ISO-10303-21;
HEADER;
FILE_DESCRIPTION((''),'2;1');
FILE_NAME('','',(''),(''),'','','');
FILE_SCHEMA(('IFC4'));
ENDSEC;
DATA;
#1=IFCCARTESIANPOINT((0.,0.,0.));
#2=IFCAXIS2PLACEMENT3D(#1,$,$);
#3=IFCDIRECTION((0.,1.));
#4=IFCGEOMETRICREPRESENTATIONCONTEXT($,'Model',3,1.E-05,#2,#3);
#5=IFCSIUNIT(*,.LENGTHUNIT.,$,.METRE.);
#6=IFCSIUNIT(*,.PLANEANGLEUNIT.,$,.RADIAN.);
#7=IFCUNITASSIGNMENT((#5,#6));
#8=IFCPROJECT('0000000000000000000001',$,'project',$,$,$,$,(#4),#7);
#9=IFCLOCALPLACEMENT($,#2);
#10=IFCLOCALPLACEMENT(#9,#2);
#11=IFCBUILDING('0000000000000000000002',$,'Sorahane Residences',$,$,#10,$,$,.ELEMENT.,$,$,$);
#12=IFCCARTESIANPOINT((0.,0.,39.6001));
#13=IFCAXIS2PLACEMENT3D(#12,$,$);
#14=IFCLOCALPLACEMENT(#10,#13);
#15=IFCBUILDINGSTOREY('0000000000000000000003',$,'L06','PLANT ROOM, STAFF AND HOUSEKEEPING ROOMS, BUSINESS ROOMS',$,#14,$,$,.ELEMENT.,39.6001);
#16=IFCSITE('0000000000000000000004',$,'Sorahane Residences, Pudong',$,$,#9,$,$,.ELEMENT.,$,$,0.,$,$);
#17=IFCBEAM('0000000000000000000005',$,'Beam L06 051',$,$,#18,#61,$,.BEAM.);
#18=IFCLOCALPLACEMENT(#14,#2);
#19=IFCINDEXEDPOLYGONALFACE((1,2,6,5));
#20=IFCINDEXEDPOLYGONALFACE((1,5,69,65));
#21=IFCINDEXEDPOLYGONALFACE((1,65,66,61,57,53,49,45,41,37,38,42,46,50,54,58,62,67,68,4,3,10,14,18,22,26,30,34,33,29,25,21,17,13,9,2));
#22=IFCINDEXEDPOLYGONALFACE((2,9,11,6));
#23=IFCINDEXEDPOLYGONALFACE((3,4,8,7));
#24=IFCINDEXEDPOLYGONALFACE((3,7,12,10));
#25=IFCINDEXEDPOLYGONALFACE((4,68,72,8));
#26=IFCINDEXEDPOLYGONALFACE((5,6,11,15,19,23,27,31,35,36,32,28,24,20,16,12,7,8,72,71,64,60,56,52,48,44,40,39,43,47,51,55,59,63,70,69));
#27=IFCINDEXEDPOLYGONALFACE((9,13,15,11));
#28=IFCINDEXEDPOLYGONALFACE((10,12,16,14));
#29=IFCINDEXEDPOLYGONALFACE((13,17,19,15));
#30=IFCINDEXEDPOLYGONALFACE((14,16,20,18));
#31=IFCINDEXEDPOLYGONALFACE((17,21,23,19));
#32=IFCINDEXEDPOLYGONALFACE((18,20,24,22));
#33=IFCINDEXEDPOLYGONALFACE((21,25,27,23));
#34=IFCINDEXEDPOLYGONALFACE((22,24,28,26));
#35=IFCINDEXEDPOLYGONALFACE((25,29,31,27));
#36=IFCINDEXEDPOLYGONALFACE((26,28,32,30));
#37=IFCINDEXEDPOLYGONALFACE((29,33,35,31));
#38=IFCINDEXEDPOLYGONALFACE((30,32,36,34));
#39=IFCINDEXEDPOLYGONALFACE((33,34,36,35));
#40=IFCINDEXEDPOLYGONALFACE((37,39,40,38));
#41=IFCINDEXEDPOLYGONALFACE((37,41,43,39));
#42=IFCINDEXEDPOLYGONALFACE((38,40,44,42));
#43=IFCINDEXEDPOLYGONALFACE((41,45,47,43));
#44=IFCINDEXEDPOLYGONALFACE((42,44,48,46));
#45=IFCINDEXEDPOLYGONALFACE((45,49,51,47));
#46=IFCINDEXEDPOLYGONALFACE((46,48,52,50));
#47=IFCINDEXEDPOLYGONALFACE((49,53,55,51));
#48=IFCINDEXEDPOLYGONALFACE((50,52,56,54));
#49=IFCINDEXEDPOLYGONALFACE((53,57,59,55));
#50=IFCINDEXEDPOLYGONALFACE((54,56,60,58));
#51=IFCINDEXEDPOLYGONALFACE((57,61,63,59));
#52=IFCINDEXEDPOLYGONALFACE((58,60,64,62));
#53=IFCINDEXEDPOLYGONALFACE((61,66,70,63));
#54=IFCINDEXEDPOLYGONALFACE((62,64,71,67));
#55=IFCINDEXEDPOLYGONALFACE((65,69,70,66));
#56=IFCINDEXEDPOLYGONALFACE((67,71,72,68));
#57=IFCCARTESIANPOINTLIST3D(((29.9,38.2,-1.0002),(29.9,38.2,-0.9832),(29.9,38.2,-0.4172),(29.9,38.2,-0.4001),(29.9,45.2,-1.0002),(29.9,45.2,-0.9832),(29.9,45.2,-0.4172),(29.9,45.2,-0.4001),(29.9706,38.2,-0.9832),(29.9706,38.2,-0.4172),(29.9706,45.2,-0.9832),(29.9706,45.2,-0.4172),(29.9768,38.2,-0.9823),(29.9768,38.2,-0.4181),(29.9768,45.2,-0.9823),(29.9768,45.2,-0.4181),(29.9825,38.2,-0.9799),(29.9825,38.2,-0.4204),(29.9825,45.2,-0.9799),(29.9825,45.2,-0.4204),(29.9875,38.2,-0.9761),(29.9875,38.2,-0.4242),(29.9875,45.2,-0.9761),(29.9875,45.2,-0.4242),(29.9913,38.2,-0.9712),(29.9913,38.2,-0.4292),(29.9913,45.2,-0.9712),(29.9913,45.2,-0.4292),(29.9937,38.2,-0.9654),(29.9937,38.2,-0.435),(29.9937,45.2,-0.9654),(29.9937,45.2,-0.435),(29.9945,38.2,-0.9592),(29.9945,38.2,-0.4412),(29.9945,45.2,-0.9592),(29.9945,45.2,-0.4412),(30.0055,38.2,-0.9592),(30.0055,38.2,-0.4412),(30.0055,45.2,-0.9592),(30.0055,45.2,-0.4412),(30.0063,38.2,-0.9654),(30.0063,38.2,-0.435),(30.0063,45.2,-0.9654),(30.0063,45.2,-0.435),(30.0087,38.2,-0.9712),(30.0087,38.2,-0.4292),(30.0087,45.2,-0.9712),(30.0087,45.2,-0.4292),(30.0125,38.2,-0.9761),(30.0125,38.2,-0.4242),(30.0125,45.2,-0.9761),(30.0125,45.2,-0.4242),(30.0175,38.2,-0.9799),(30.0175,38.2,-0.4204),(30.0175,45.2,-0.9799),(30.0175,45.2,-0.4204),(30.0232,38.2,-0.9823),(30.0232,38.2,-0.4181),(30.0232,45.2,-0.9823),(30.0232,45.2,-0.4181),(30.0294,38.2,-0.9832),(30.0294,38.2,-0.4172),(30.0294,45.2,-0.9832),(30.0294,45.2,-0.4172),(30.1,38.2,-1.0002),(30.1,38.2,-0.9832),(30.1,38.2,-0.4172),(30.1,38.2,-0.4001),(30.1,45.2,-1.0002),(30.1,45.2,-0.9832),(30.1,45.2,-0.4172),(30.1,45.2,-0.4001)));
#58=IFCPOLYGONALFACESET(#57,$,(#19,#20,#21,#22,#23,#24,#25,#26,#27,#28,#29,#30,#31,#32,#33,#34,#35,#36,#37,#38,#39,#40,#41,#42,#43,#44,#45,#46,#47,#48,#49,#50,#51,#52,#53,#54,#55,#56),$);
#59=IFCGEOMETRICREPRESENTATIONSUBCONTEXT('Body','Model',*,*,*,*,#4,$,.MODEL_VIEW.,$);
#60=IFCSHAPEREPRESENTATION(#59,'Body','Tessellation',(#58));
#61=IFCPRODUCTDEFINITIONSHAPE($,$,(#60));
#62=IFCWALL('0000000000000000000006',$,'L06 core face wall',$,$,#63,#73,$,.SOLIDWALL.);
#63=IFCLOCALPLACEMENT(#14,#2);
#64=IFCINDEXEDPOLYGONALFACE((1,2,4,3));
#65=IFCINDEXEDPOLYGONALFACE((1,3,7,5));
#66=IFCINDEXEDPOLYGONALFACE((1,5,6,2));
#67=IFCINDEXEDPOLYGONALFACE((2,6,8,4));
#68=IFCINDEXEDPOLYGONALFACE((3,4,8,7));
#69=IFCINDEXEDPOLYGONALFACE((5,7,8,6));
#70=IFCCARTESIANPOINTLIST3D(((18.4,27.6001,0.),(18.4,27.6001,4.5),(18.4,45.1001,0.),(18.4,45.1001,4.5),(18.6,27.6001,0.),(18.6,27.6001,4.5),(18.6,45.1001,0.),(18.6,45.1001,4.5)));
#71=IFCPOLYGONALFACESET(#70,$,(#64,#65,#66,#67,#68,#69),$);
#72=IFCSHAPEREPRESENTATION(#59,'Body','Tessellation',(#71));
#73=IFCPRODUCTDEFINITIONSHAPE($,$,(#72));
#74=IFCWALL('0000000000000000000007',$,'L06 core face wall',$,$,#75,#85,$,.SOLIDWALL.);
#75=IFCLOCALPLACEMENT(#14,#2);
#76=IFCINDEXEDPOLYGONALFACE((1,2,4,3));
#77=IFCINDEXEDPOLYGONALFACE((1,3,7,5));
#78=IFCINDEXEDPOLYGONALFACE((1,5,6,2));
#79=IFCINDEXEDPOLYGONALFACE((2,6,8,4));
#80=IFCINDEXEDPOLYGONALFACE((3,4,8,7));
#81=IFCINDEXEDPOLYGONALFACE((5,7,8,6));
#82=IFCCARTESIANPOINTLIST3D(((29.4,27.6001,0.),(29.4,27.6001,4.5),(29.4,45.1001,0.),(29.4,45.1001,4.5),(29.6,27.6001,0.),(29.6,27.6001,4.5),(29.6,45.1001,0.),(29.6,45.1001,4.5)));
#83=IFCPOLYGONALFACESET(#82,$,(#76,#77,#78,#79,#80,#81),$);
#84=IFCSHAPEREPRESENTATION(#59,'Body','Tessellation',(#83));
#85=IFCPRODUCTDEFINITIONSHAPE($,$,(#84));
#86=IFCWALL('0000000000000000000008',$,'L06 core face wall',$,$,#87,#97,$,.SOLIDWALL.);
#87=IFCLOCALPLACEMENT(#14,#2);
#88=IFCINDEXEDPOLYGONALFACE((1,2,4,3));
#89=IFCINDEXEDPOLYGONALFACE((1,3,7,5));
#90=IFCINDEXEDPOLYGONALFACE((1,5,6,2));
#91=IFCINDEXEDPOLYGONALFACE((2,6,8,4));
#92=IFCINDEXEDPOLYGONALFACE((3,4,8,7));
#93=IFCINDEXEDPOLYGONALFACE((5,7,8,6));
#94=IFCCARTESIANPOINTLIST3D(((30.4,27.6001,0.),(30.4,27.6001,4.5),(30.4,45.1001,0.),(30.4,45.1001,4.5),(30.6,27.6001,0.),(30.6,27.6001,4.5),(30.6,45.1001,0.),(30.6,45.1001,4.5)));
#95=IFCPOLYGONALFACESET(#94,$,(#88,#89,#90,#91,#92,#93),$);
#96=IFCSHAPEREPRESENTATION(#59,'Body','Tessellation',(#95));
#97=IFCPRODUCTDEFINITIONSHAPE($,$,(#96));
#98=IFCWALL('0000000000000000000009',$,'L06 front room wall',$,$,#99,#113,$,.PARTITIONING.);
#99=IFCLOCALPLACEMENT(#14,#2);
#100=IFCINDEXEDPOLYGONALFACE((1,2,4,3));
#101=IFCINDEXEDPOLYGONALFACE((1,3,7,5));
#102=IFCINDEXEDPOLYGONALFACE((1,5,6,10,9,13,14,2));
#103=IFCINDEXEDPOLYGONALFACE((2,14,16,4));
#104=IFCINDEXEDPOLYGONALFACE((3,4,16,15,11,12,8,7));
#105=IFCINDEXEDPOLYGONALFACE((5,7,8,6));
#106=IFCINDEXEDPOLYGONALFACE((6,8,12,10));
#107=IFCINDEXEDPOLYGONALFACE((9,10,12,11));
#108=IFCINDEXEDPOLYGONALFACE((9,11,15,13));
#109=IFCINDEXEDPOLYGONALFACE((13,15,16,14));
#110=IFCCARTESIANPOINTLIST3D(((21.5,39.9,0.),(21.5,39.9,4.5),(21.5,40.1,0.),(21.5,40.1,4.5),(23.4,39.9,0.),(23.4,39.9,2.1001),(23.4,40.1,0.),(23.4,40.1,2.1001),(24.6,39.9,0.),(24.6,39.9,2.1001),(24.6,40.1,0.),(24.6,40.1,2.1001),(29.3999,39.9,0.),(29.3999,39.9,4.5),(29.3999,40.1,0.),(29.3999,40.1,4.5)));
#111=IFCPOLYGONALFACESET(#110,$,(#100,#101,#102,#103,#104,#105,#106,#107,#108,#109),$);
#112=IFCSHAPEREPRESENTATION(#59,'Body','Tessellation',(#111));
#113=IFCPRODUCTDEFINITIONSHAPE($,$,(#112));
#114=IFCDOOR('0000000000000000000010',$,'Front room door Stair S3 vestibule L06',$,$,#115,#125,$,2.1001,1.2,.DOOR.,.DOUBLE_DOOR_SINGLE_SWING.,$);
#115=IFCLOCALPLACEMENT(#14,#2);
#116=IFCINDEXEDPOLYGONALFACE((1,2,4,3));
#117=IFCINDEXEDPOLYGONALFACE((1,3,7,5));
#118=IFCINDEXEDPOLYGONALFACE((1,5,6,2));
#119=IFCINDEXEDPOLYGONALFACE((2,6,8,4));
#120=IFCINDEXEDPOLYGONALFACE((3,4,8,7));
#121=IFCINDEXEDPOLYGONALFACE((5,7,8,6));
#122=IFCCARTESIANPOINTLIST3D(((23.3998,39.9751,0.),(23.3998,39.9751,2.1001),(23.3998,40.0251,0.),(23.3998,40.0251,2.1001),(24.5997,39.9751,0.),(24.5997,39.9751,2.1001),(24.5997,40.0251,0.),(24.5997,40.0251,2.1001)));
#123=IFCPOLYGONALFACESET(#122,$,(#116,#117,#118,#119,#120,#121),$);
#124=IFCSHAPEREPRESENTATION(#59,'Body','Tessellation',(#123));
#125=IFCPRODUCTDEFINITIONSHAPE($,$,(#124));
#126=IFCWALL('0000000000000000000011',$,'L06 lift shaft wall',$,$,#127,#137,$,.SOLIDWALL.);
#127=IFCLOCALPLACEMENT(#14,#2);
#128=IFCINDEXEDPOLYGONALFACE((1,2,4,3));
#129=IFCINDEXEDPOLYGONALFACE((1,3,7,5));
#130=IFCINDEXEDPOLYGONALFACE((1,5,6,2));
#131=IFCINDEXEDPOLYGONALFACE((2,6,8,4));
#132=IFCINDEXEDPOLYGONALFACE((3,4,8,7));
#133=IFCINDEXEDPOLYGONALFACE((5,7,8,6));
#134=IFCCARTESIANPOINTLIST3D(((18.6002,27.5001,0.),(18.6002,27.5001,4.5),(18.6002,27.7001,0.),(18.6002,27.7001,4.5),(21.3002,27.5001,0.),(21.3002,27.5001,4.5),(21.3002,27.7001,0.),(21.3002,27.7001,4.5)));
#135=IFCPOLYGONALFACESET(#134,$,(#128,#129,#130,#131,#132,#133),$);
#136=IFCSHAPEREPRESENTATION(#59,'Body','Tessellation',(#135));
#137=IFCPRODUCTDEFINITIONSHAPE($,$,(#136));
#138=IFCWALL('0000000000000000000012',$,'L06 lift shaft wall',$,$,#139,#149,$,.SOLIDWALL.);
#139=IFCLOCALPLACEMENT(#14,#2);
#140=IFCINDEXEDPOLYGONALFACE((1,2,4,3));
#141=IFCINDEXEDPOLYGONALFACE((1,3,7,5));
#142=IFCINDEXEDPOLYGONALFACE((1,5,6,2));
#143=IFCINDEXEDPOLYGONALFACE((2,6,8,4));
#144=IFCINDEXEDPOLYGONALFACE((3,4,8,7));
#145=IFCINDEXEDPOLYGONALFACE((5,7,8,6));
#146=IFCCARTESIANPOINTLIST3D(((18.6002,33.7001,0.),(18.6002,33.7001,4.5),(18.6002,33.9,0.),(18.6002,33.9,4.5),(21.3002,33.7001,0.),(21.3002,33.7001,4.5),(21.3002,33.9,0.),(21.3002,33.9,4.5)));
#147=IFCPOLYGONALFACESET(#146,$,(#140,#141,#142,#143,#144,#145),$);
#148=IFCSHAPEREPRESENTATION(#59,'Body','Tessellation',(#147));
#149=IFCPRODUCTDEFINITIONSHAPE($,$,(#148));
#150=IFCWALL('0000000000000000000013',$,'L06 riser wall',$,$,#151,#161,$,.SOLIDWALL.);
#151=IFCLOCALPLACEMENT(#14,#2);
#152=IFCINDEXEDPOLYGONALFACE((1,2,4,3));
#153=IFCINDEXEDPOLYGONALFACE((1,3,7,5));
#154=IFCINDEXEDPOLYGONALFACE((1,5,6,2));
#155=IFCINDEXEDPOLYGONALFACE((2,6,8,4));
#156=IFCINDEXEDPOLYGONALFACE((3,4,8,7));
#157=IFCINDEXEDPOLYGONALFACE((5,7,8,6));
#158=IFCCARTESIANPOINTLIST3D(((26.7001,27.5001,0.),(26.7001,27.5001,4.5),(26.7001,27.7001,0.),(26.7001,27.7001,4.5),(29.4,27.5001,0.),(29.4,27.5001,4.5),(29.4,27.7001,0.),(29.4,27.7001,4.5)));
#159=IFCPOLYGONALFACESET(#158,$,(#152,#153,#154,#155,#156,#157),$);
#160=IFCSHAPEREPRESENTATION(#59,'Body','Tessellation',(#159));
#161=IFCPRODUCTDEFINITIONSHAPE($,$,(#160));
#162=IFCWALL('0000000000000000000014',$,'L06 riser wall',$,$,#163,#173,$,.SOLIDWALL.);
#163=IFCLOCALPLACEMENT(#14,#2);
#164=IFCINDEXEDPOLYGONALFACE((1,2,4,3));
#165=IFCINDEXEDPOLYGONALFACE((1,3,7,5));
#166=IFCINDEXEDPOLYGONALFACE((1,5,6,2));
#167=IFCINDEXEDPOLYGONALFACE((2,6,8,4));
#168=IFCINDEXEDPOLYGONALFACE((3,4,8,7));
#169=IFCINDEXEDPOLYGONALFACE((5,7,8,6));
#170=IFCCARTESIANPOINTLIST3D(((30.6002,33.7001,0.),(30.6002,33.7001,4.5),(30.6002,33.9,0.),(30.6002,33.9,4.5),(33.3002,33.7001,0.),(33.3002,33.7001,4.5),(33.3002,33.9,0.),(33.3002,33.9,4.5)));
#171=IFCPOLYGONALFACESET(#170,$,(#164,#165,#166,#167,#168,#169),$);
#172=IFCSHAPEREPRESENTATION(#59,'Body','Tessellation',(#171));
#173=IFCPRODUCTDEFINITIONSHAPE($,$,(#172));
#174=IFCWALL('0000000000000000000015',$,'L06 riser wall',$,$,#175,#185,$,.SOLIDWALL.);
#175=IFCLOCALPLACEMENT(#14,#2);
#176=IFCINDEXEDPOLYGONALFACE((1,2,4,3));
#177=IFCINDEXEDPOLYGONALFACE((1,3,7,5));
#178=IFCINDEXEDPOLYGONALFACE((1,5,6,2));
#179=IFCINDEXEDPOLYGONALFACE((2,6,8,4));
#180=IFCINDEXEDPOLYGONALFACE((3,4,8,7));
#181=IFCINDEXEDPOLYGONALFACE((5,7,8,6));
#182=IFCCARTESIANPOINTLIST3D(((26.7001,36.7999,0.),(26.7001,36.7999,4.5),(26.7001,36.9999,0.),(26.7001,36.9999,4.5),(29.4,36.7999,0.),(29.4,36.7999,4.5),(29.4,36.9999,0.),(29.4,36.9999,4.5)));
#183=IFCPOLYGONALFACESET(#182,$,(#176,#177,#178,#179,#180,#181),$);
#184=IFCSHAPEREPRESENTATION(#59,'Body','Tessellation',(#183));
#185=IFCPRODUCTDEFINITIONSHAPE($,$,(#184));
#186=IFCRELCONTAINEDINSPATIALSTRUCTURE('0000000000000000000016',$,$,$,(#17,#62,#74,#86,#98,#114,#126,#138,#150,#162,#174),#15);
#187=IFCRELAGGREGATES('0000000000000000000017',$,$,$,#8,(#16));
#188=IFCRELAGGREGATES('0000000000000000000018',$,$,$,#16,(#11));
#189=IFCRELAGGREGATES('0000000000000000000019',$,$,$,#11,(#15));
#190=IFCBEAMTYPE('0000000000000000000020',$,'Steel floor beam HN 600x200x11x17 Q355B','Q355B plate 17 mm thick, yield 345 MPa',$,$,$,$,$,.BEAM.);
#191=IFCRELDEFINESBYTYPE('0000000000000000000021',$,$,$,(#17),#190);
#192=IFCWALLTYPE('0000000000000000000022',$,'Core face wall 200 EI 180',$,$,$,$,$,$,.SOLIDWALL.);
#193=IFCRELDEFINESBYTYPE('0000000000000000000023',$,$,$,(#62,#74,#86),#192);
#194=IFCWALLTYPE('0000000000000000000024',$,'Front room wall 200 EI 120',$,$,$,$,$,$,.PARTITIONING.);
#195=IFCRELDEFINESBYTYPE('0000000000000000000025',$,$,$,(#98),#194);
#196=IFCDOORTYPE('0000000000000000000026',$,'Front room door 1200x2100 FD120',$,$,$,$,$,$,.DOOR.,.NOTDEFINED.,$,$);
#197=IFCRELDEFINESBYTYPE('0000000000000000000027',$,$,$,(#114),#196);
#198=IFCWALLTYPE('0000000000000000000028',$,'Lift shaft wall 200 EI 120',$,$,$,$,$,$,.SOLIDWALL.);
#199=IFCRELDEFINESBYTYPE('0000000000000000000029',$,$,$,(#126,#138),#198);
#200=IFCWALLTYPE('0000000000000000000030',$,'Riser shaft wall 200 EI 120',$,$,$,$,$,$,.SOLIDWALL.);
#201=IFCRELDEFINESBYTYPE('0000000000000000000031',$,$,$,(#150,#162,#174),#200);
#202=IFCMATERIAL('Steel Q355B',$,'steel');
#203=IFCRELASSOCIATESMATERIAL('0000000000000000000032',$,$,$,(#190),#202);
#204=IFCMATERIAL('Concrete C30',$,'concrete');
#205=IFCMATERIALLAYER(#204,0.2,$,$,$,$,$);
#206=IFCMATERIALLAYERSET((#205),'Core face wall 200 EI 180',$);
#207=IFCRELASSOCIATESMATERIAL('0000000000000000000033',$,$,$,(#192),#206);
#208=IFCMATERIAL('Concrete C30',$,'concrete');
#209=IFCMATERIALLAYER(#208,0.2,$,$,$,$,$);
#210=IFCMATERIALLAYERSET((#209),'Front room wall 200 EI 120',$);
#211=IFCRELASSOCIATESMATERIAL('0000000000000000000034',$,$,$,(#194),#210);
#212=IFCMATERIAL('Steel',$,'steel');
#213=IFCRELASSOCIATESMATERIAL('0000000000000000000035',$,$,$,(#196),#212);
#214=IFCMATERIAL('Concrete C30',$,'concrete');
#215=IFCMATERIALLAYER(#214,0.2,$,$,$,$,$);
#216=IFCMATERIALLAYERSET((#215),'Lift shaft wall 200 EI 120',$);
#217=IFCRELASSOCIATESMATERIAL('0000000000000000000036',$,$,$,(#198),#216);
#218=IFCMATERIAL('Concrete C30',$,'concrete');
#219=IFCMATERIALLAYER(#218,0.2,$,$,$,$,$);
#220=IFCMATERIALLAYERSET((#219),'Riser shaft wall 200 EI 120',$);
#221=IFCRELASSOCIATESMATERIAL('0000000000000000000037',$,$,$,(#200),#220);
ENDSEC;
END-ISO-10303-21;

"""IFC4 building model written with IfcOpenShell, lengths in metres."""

from ifc_helpers import new_model, si_unit, direction, frame, frame_2d, origin, origin_2d, place, context, subcontext, project, spatial, rectangle, i_section, extrude, material, layer, layer_set, material_profile, profile_set, type_object, element, fill, save


model = new_model("IFC4")

# Units and contexts
model_context = context("Model", 3, precision=1e-05, world=origin(), true_north=direction((0.0, 1.0)))
body_context = subcontext(model_context, "Body", "Model", "MODEL_VIEW")
ifc_project = project(units=[si_unit("LENGTHUNIT", "METRE"), si_unit("PLANEANGLEUNIT", "RADIAN")], contexts=[model_context])

# Site, building, storey
site_placement = place(None, origin())
site = spatial("IfcSite", under=ifc_project, at=site_placement, Name="Sorahane Residences, Pudong", CompositionType="ELEMENT", RefElevation=0.0)
building_placement = place(site_placement, origin())
building = spatial("IfcBuilding", under=site, at=building_placement, Name="Sorahane Residences", CompositionType="ELEMENT")
storey_placement = place(building_placement, frame((0.0, 0.0, 39.6001)))
storey = spatial("IfcBuildingStorey", under=building, at=storey_placement, Name="L06", Description="PLANT ROOM, STAFF AND HOUSEKEEPING ROOMS, BUSINESS ROOMS", CompositionType="ELEMENT", Elevation=39.6001)

# Beam
ifc_material_1 = material(Name="Steel Q355B", Category="steel")
ifc_material_profile_1 = material_profile(ifc_material_1, i_section(OverallWidth=0.2, OverallDepth=0.6001, WebThickness=0.011, FlangeThickness=0.0171, FilletRadius=0.0239, at=origin_2d()), Name="HN 600x200x11x17")
ifc_profile_set_1 = profile_set([ifc_material_profile_1], Name="Steel Q355B")
beam_type_1 = type_object("IfcBeamType", Name="Steel floor beam HN 600x200x11x17 Q355B", Description="Q355B plate 17 mm thick, yield 345 MPa", PredefinedType="BEAM", material=ifc_profile_set_1)
for number, where, z_axis, x_axis, name in (
    (1, (30.0, 38.2, -0.7002), (0.0, 1.0, 0.0), (-1.0, 0.0, 0.0), "Beam L06 051"),
):
    element("IfcBeam", number, at=place(storey_placement, frame(where, z_axis=z_axis, x_axis=x_axis)), inside=storey, type_object=beam_type_1, Name=name, PredefinedType="BEAM", context=body_context, shape_type="SweptSolid", body=[
        extrude(i_section(OverallWidth=0.2, OverallDepth=0.6001, WebThickness=0.011, FlangeThickness=0.0171, FilletRadius=0.0239, at=origin_2d()), origin(), (0.0, 0.0, 1.0), 7.0),
    ])

# Walls
ifc_material_2 = material(Name="Concrete C30", Category="concrete")
ifc_layer_1 = layer(ifc_material_2, 0.2)
ifc_layer_set_1 = layer_set([ifc_layer_1], Name="Core face wall 200 EI 180")
wall_type_1 = type_object("IfcWallType", Name="Core face wall 200 EI 180", PredefinedType="SOLIDWALL", material=ifc_layer_set_1)
for number, where, z_axis, x_axis, name in (
    (2, (18.5, 27.6001, 0.0), (0.0, 0.0, 1.0), (0.0, 1.0, 0.0), "L06 core face wall"),
    (3, (29.5, 27.6001, 0.0), (0.0, 0.0, 1.0), (0.0, 1.0, 0.0), "L06 core face wall"),
    (4, (30.5, 27.6001, 0.0), (0.0, 0.0, 1.0), (0.0, 1.0, 0.0), "L06 core face wall"),
):
    element("IfcWall", number, at=place(storey_placement, frame(where, z_axis=z_axis, x_axis=x_axis)), inside=storey, type_object=wall_type_1, Name=name, PredefinedType="SOLIDWALL", context=body_context, shape_type="SweptSolid", body=[
        extrude(rectangle(XDim=17.5, YDim=0.2, at=frame_2d((8.75, 0.0))), origin(), (0.0, 0.0, 1.0), 4.5),
    ])

# Wall, opening, door
ifc_material_3 = material(Name="Concrete C30", Category="concrete")
ifc_layer_2 = layer(ifc_material_3, 0.2)
ifc_layer_set_2 = layer_set([ifc_layer_2], Name="Front room wall 200 EI 120")
wall_type_2 = type_object("IfcWallType", Name="Front room wall 200 EI 120", PredefinedType="PARTITIONING", material=ifc_layer_set_2)
wall_1_placement = place(storey_placement, frame((21.5, 40.0, 0.0), z_axis=(0.0, 0.0, 1.0), x_axis=(1.0, 0.0, 0.0)))
wall_1 = element("IfcWall", 5, at=wall_1_placement, inside=storey, type_object=wall_type_2, Name="L06 front room wall", PredefinedType="PARTITIONING", context=body_context, shape_type="SweptSolid", body=[
    extrude(rectangle(XDim=7.8999, YDim=0.2, at=frame_2d((3.95, 0.0))), origin(), (0.0, 0.0, 1.0), 4.5),
])
opening_placement = place(wall_1_placement, frame((1.8999, 0.0, 0.0)))
opening = element("IfcOpeningElement", 6, at=opening_placement, cuts=wall_1, PredefinedType="OPENING", context=body_context, shape_type="SweptSolid", body=[
    extrude(rectangle(XDim=1.2, YDim=2.1001, at=frame_2d((0.6001, 1.05))), frame((0.0, 0.1099, 0.0), z_axis=(0.0, -1.0, 0.0), x_axis=(1.0, 0.0, 0.0)), (0.0, 0.0, 1.0), 0.22),
])
ifc_material_4 = material(Name="Steel", Category="steel")
door_type = type_object("IfcDoorType", Name="Front room door 1200x2100 FD120", OperationType="NOTDEFINED", PredefinedType="DOOR", material=ifc_material_4)
door_placement = place(opening_placement, frame((1.2, 0.0, 0.0), z_axis=(0.0, 0.0, 1.0), x_axis=(-1.0, 0.0, 0.0)))
door = element("IfcDoor", 7, at=door_placement, inside=storey, type_object=door_type, Name="Front room door Stair S3 vestibule L06", OperationType="DOUBLE_DOOR_SINGLE_SWING", OverallHeight=2.1001, OverallWidth=1.2, PredefinedType="DOOR", context=body_context, shape_type="SweptSolid", body=[
    extrude(rectangle(XDim=1.2, YDim=2.1001, at=frame_2d((0.6001, 1.05))), frame((0.0, 0.0249, 0.0), z_axis=(0.0, -1.0, 0.0), x_axis=(1.0, 0.0, 0.0)), (0.0, 0.0, 1.0), 0.05),
])
fill(opening, door)

# Walls
ifc_material_5 = material(Name="Concrete C30", Category="concrete")
ifc_layer_3 = layer(ifc_material_5, 0.2)
ifc_layer_set_3 = layer_set([ifc_layer_3], Name="Lift shaft wall 200 EI 120")
wall_type_3 = type_object("IfcWallType", Name="Lift shaft wall 200 EI 120", PredefinedType="SOLIDWALL", material=ifc_layer_set_3)
for number, where, z_axis, x_axis, name in (
    (8, (18.6001, 27.6001, 0.0), (0.0, 0.0, 1.0), (1.0, 0.0, 0.0), "L06 lift shaft wall"),
    (9, (18.6001, 33.8, 0.0), (0.0, 0.0, 1.0), (1.0, 0.0, 0.0), "L06 lift shaft wall"),
):
    element("IfcWall", number, at=place(storey_placement, frame(where, z_axis=z_axis, x_axis=x_axis)), inside=storey, type_object=wall_type_3, Name=name, PredefinedType="SOLIDWALL", context=body_context, shape_type="SweptSolid", body=[
        extrude(rectangle(XDim=2.7, YDim=0.2, at=frame_2d((1.3501, 0.0))), origin(), (0.0, 0.0, 1.0), 4.5),
    ])
ifc_material_6 = material(Name="Concrete C30", Category="concrete")
ifc_layer_4 = layer(ifc_material_6, 0.2)
ifc_layer_set_4 = layer_set([ifc_layer_4], Name="Riser shaft wall 200 EI 120")
wall_type_4 = type_object("IfcWallType", Name="Riser shaft wall 200 EI 120", PredefinedType="SOLIDWALL", material=ifc_layer_set_4)
for number, where, z_axis, x_axis, name in (
    (10, (26.7, 27.6001, 0.0), (0.0, 0.0, 1.0), (1.0, 0.0, 0.0), "L06 riser wall"),
    (11, (30.6001, 33.8, 0.0), (0.0, 0.0, 1.0), (1.0, 0.0, 0.0), "L06 riser wall"),
    (12, (26.7, 36.8999, 0.0), (0.0, 0.0, 1.0), (1.0, 0.0, 0.0), "L06 riser wall"),
):
    element("IfcWall", number, at=place(storey_placement, frame(where, z_axis=z_axis, x_axis=x_axis)), inside=storey, type_object=wall_type_4, Name=name, PredefinedType="SOLIDWALL", context=body_context, shape_type="SweptSolid", body=[
        extrude(rectangle(XDim=2.7, YDim=0.2, at=frame_2d((1.3501, 0.0))), origin(), (0.0, 0.0, 1.0), 4.5),
    ])

save(model, "model.ifc")
